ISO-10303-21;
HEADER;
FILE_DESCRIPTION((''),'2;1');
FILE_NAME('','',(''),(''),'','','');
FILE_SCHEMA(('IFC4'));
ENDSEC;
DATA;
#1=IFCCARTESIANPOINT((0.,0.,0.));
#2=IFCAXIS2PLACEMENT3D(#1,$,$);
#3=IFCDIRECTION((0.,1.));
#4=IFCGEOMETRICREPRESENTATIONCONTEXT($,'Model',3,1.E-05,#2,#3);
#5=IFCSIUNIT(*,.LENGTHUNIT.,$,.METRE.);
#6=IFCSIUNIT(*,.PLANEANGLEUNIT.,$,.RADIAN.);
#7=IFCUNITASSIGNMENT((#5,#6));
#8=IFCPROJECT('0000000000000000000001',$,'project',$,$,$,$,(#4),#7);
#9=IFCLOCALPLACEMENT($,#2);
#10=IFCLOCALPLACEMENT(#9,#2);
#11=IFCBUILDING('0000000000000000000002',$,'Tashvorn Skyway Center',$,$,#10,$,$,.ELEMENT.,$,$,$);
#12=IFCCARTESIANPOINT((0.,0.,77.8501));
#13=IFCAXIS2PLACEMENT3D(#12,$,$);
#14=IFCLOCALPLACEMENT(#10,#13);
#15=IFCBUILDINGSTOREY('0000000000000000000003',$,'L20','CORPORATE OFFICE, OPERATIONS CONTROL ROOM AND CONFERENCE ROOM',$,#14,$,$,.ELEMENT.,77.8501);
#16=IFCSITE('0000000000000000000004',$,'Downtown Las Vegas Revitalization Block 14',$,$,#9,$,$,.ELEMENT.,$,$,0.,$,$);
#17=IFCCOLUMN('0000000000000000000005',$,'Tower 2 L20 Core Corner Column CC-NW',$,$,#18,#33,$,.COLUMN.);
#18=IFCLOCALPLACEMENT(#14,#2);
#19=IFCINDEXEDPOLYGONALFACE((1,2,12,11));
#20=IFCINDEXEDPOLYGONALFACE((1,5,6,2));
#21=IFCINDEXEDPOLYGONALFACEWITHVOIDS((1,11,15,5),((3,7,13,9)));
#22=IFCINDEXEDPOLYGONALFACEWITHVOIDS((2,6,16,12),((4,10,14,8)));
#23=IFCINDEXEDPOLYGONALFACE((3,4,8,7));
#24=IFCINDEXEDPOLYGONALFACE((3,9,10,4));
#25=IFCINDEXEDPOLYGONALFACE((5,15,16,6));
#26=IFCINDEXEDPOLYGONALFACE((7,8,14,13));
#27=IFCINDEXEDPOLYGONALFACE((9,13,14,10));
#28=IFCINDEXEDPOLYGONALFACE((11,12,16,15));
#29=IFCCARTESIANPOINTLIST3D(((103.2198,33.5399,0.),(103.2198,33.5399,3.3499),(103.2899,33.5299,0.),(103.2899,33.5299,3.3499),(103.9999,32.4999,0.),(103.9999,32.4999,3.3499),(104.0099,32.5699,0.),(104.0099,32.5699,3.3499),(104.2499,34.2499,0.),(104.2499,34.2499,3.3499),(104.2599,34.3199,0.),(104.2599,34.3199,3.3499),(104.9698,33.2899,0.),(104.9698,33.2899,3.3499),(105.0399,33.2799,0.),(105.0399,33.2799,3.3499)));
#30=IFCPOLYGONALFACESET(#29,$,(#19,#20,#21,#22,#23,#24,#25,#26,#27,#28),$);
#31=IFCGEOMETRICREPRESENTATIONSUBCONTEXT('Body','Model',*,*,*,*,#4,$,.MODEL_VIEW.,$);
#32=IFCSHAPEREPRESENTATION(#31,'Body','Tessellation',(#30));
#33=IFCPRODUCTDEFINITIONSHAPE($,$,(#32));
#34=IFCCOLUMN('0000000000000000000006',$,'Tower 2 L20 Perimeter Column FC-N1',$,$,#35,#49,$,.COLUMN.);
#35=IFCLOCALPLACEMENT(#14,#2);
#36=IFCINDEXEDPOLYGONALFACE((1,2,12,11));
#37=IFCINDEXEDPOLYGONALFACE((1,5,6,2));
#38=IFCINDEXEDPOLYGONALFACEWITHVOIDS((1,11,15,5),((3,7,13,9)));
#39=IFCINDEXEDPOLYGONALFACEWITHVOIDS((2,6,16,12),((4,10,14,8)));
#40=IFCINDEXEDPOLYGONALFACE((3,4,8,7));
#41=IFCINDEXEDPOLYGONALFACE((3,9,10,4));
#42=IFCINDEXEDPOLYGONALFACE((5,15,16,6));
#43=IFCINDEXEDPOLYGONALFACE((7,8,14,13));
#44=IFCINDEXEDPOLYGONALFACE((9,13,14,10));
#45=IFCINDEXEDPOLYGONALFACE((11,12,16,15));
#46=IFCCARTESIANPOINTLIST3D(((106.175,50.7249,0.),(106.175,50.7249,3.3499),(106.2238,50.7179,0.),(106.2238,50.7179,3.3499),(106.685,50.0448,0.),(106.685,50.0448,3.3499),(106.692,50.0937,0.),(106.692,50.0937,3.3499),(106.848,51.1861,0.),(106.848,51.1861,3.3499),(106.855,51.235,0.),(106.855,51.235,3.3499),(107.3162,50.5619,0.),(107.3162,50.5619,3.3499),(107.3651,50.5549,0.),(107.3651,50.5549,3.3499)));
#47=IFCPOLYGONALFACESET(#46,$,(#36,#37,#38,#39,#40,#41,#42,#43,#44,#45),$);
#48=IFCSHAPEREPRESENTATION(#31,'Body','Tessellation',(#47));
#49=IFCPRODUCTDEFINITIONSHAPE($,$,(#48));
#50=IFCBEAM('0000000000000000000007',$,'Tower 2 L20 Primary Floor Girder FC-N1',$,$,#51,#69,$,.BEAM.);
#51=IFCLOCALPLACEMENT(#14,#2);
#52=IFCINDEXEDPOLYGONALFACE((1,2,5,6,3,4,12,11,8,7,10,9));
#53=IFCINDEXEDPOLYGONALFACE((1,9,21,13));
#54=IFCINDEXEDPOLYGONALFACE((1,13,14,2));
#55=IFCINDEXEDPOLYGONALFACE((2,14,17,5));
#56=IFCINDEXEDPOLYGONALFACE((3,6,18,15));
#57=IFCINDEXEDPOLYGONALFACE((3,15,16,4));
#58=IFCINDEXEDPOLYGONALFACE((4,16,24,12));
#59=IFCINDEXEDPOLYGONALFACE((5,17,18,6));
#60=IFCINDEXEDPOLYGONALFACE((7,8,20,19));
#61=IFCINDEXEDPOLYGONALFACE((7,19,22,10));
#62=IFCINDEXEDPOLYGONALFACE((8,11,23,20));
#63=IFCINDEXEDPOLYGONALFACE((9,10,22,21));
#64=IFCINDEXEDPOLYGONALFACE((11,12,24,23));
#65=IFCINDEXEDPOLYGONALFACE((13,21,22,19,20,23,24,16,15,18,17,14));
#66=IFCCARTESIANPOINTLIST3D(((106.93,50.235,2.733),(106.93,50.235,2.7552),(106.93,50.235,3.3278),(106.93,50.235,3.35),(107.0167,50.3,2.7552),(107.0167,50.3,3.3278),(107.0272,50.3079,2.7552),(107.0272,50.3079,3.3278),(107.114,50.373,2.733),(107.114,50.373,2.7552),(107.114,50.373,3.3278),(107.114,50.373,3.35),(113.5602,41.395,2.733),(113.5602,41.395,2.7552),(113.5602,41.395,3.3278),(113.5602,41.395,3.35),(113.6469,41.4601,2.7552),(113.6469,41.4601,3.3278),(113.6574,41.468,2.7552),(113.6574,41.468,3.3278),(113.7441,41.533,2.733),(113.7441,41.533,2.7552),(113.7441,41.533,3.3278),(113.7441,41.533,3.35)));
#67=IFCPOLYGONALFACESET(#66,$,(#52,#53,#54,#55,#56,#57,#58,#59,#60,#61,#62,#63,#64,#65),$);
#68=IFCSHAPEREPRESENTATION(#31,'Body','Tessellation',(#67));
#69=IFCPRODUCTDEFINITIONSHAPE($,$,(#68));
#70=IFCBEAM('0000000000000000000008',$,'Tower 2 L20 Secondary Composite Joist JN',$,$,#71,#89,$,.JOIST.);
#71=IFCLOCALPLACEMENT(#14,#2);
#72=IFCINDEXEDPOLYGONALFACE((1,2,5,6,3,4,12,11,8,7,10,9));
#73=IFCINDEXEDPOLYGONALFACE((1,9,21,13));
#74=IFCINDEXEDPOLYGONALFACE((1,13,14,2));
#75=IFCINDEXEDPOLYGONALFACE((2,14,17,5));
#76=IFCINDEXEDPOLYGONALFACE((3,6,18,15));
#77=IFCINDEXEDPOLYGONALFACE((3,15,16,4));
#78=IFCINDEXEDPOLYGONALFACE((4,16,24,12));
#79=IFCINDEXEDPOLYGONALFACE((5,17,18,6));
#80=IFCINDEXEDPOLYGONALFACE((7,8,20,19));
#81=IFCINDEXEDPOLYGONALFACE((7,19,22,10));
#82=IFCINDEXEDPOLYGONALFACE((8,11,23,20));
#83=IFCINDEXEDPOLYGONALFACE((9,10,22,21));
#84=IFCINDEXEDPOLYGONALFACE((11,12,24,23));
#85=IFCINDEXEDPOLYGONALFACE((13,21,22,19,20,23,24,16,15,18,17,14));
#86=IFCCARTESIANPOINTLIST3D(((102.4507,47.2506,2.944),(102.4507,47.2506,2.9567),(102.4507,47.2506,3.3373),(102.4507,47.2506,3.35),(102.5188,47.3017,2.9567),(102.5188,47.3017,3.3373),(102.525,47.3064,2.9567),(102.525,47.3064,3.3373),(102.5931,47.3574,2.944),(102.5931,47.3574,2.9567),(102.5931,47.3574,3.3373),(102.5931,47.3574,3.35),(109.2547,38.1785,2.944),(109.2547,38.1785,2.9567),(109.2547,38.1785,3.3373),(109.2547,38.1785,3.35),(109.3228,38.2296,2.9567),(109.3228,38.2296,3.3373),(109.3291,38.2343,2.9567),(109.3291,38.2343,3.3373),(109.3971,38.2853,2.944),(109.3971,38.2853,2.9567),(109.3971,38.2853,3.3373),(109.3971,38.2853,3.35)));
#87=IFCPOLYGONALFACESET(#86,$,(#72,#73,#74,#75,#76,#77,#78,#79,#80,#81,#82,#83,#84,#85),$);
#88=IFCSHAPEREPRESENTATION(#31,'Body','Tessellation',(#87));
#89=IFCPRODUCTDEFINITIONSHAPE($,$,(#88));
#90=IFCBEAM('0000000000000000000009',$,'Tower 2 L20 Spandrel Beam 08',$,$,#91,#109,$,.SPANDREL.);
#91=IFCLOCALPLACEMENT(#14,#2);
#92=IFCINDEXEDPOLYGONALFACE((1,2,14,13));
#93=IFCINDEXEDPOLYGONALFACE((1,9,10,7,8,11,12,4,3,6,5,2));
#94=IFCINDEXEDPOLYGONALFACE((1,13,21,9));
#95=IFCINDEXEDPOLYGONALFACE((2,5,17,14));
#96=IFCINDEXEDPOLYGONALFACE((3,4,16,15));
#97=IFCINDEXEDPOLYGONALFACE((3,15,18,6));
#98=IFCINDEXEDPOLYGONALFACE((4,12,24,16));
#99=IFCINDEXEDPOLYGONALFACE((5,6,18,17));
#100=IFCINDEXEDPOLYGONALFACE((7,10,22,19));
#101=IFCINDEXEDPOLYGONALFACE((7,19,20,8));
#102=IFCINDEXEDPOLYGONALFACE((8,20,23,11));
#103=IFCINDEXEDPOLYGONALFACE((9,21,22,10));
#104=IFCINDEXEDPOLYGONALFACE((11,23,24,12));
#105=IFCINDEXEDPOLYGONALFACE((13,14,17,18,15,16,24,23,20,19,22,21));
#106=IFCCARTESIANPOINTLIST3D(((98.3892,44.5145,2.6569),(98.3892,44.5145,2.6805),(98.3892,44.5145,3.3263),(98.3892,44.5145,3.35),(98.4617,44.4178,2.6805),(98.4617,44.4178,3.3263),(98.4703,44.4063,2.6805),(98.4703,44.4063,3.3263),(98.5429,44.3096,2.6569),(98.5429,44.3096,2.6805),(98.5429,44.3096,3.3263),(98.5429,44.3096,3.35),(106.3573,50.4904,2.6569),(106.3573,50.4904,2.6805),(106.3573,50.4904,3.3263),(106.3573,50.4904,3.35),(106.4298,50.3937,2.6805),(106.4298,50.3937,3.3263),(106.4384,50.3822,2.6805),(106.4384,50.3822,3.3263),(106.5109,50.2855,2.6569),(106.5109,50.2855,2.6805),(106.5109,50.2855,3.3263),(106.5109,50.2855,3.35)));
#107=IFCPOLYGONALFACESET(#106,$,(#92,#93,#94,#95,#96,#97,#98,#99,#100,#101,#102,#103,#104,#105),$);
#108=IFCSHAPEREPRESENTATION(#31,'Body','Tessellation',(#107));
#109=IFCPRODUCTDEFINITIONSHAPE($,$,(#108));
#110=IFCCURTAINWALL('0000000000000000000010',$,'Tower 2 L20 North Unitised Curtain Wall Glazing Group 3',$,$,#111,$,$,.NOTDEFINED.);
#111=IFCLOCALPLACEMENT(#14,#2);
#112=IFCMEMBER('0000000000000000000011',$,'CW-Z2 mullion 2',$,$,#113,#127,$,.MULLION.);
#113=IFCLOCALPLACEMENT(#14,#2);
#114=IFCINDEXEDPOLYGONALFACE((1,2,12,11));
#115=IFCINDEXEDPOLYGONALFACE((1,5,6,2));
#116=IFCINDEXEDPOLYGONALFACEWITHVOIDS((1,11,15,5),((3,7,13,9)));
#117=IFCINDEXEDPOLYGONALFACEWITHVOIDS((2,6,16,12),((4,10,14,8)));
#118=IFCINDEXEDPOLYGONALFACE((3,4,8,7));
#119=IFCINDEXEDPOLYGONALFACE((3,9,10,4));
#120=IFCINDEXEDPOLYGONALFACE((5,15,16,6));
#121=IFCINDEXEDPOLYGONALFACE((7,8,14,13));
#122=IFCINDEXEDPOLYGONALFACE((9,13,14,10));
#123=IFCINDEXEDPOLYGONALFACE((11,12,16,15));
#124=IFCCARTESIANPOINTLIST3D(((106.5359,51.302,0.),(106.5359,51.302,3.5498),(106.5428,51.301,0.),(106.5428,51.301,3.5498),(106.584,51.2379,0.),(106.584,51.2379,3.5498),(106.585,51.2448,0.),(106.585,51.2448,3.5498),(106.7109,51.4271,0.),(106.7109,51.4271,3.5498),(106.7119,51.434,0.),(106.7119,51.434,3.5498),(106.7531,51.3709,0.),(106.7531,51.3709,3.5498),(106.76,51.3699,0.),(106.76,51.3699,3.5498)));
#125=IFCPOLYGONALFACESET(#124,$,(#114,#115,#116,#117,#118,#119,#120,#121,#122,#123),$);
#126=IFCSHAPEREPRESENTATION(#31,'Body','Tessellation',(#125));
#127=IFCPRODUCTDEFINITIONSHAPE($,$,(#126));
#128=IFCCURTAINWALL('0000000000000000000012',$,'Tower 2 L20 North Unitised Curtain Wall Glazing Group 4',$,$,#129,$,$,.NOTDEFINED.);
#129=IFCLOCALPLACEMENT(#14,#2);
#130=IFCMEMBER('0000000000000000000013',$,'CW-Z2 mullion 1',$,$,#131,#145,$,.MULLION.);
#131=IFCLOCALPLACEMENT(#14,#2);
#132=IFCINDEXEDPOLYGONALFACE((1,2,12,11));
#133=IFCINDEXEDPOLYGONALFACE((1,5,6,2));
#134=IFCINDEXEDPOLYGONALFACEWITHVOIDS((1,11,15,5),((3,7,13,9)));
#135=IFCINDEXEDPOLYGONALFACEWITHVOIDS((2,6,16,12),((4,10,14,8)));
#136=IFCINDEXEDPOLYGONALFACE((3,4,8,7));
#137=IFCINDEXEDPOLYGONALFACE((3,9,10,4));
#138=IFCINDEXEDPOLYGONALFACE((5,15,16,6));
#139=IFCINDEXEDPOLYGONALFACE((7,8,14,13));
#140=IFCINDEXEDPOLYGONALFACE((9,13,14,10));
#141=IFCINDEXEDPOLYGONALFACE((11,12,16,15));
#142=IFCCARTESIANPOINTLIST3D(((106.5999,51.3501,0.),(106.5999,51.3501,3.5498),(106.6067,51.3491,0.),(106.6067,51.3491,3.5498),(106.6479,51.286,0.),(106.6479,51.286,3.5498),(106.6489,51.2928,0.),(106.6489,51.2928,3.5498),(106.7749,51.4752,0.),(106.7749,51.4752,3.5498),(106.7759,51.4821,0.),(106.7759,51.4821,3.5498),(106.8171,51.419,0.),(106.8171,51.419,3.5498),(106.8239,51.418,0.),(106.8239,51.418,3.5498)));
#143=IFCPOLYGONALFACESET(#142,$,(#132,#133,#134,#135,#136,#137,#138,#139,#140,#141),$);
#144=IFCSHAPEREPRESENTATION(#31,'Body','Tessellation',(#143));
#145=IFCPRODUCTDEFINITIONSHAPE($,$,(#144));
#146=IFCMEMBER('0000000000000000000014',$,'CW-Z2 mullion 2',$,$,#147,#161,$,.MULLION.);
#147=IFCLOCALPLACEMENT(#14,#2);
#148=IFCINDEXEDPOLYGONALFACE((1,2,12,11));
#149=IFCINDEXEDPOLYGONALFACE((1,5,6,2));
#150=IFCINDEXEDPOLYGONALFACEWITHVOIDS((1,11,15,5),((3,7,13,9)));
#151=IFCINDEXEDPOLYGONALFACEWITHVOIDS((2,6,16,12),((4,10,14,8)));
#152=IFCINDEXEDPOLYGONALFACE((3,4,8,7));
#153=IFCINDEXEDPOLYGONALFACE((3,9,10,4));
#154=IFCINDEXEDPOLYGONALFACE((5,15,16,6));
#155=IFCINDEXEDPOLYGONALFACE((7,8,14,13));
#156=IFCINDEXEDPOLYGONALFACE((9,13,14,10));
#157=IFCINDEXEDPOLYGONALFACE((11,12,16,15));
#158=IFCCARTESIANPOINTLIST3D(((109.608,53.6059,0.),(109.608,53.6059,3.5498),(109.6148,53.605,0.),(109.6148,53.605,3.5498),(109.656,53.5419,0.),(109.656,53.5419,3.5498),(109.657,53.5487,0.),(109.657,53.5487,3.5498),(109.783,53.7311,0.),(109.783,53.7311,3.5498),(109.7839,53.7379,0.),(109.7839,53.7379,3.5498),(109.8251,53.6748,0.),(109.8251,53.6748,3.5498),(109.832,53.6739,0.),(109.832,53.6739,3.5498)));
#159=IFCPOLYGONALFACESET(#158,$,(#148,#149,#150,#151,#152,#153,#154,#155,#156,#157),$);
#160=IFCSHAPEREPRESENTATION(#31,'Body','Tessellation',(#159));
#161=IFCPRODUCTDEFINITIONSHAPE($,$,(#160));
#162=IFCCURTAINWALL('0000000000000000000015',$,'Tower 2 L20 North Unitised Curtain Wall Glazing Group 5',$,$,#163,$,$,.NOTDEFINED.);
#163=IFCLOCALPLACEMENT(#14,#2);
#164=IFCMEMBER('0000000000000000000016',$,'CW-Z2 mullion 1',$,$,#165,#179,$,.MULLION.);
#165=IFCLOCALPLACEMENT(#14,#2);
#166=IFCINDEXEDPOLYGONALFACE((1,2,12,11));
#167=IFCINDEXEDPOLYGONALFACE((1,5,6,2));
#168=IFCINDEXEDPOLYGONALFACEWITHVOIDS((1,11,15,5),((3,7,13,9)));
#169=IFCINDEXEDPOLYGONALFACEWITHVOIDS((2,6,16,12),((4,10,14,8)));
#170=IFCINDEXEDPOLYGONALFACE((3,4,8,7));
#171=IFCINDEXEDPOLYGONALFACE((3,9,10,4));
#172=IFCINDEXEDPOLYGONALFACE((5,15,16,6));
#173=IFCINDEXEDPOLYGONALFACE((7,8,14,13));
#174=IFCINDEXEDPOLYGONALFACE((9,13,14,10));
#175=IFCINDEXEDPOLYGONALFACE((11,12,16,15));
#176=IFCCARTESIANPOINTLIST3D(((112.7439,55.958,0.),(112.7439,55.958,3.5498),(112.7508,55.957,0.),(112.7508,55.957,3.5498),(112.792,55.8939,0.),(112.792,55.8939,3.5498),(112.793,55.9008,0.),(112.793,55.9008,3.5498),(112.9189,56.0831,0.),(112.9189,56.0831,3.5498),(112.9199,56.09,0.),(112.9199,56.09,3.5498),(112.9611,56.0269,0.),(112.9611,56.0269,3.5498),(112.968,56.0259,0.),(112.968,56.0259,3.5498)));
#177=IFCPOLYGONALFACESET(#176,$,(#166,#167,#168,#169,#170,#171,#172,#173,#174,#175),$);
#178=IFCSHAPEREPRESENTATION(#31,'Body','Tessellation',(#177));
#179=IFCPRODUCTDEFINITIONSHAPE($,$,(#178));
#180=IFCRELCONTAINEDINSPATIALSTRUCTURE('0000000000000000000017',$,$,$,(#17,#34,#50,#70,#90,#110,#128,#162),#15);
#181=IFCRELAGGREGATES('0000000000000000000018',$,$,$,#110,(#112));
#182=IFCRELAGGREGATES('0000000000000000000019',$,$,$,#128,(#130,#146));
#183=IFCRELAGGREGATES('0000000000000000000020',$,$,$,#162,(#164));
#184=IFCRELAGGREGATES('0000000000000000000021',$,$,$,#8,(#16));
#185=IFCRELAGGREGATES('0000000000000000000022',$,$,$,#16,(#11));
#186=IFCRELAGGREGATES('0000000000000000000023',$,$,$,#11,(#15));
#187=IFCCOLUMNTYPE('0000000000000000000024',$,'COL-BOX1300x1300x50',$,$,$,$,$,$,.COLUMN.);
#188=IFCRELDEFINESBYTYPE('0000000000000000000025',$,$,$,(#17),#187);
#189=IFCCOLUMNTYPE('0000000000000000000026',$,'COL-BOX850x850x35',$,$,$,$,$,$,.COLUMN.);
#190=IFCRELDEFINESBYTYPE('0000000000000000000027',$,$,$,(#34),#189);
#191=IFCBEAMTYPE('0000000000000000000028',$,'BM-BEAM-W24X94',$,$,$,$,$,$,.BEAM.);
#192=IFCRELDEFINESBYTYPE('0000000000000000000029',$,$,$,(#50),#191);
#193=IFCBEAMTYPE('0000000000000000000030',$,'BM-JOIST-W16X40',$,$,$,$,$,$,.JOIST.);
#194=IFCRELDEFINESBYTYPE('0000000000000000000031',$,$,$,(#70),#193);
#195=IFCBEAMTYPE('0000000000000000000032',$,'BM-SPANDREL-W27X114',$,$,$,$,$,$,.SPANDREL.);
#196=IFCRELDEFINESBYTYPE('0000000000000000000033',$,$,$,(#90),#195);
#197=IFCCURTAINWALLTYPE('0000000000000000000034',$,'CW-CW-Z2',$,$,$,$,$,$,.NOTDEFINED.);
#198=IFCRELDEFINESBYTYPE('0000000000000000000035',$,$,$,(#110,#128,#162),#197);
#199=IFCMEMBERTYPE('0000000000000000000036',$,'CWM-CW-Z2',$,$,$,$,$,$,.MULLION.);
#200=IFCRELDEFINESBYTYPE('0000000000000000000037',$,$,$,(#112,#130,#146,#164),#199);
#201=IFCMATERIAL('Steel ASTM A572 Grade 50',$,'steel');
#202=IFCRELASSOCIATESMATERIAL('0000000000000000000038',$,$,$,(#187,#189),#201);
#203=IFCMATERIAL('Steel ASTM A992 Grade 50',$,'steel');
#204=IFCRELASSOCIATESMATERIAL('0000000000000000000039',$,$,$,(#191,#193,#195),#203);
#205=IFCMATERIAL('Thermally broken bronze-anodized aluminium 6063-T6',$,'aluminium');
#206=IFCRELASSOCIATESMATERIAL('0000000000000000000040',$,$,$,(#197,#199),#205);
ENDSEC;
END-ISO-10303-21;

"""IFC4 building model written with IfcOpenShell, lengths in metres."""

from ifc_helpers import new_model, si_unit, direction, frame, origin, origin_2d, place, context, subcontext, project, spatial, hollow_rectangle, i_section, extrude, material, material_profile, profile_set, type_object, element, aggregate, save


model = new_model("IFC4")

# Units and contexts
model_context = context("Model", 3, precision=1e-05, world=origin(), true_north=direction((0.0, 1.0)))
body_context = subcontext(model_context, "Body", "Model", "MODEL_VIEW")
ifc_project = project(units=[si_unit("LENGTHUNIT", "METRE"), si_unit("PLANEANGLEUNIT", "RADIAN")], contexts=[model_context])

# Site, building, storey
site_placement = place(None, origin())
site = spatial("IfcSite", under=ifc_project, at=site_placement, Name="Downtown Las Vegas Revitalization Block 14", CompositionType="ELEMENT", RefElevation=0.0)
building_placement = place(site_placement, origin())
building = spatial("IfcBuilding", under=site, at=building_placement, Name="Tashvorn Skyway Center", CompositionType="ELEMENT")
storey_placement = place(building_placement, frame((0.0, 0.0, 77.8501)))
storey = spatial("IfcBuildingStorey", under=building, at=storey_placement, Name="L20", Description="CORPORATE OFFICE, OPERATIONS CONTROL ROOM AND CONFERENCE ROOM", CompositionType="ELEMENT", Elevation=77.8501)

# Columns
ifc_material_1 = material(Name="Steel ASTM A572 Grade 50", Category="steel")
ifc_material_profile_1 = material_profile(ifc_material_1, hollow_rectangle(XDim=1.3, YDim=1.3, WallThickness=0.05, at=origin_2d()), Name="BOX1300x1300x50")
ifc_profile_set_1 = profile_set([ifc_material_profile_1], Name="Steel ASTM A572 Grade 50")
column_type_1 = type_object("IfcColumnType", Name="COL-BOX1300x1300x50", PredefinedType="COLUMN", material=ifc_profile_set_1)
column_1_placement = place(storey_placement, frame((104.1299, 33.4099, 0.0), z_axis=(0.0, 0.0, 1.0), x_axis=(0.8, 0.6, 0.0)))
element("IfcColumn", 1, at=column_1_placement, inside=storey, type_object=column_type_1, Name="Tower 2 L20 Core Corner Column CC-NW", PredefinedType="COLUMN", context=body_context, shape_type="SweptSolid", body=[
    extrude(hollow_rectangle(XDim=1.3, YDim=1.3, WallThickness=0.05, at=origin_2d()), origin(), (0.0, 0.0, 1.0), 3.3499),
])
ifc_material_profile_2 = material_profile(ifc_material_1, hollow_rectangle(XDim=0.8501, YDim=0.8501, WallThickness=0.0349, at=origin_2d()), Name="BOX850x850x35")
ifc_profile_set_2 = profile_set([ifc_material_profile_2], Name="Steel ASTM A572 Grade 50")
column_type_2 = type_object("IfcColumnType", Name="COL-BOX850x850x35", PredefinedType="COLUMN", material=ifc_profile_set_2)
column_2_placement = place(storey_placement, frame((106.77, 50.6399, 0.0), z_axis=(0.0, 0.0, 1.0), x_axis=(0.8, 0.6, 0.0)))
element("IfcColumn", 2, at=column_2_placement, inside=storey, type_object=column_type_2, Name="Tower 2 L20 Perimeter Column FC-N1", PredefinedType="COLUMN", context=body_context, shape_type="SweptSolid", body=[
    extrude(hollow_rectangle(XDim=0.8501, YDim=0.8501, WallThickness=0.0349, at=origin_2d()), origin(), (0.0, 0.0, 1.0), 3.3499),
])

# Beams
ifc_material_2 = material(Name="Steel ASTM A992 Grade 50", Category="steel")
ifc_material_profile_3 = material_profile(ifc_material_2, i_section(OverallWidth=0.23, OverallDepth=0.6169, WebThickness=0.0132, FlangeThickness=0.0222, at=origin_2d()), Name="W24X94")
ifc_profile_set_3 = profile_set([ifc_material_profile_3], Name="Steel ASTM A992 Grade 50")
beam_type_1 = type_object("IfcBeamType", Name="BM-BEAM-W24X94", PredefinedType="BEAM", material=ifc_profile_set_3)
beam_1_placement = place(storey_placement, frame((107.022, 50.304, 3.0415), z_axis=(0.600014, -0.799989, 0.0), x_axis=(0.799989, 0.600014, 0.0)))
element("IfcBeam", 3, at=beam_1_placement, inside=storey, type_object=beam_type_1, Name="Tower 2 L20 Primary Floor Girder FC-N1", PredefinedType="BEAM", context=body_context, shape_type="SweptSolid", body=[
    extrude(i_section(OverallWidth=0.23, OverallDepth=0.6169, WebThickness=0.0132, FlangeThickness=0.0222, at=origin_2d()), origin(), (0.0, 0.0, 1.0), 11.05),
])
ifc_material_profile_4 = material_profile(ifc_material_2, i_section(OverallWidth=0.178, OverallDepth=0.406, WebThickness=0.0078, FlangeThickness=0.0127, at=origin_2d()), Name="W16X40")
ifc_profile_set_4 = profile_set([ifc_material_profile_4], Name="Steel ASTM A992 Grade 50")
beam_type_2 = type_object("IfcBeamType", Name="BM-JOIST-W16X40", PredefinedType="JOIST", material=ifc_profile_set_4)
beam_2_placement = place(storey_placement, frame((109.3259, 38.2319, 3.147), z_axis=(-0.599997, 0.800003, 0.0), x_axis=(-0.800003, -0.599997, 0.0)))
element("IfcBeam", 4, at=beam_2_placement, inside=storey, type_object=beam_type_2, Name="Tower 2 L20 Secondary Composite Joist JN", PredefinedType="JOIST", context=body_context, shape_type="SweptSolid", body=[
    extrude(i_section(OverallWidth=0.178, OverallDepth=0.406, WebThickness=0.0078, FlangeThickness=0.0127, at=origin_2d()), origin(), (0.0, 0.0, 1.0), 11.3401),
])
ifc_material_profile_5 = material_profile(ifc_material_2, i_section(OverallWidth=0.2561, OverallDepth=0.6931, WebThickness=0.0144, FlangeThickness=0.0237, at=origin_2d()), Name="W27X114")
ifc_profile_set_5 = profile_set([ifc_material_profile_5], Name="Steel ASTM A992 Grade 50")
beam_type_3 = type_object("IfcBeamType", Name="BM-SPANDREL-W27X114", PredefinedType="SPANDREL", material=ifc_profile_set_5)
beam_3_placement = place(storey_placement, frame((106.4341, 50.3879, 3.0034), z_axis=(-0.800009, -0.599988, 0.0), x_axis=(0.599988, -0.800009, 0.0)))
element("IfcBeam", 5, at=beam_3_placement, inside=storey, type_object=beam_type_3, Name="Tower 2 L20 Spandrel Beam 08", PredefinedType="SPANDREL", context=body_context, shape_type="SweptSolid", body=[
    extrude(i_section(OverallWidth=0.2561, OverallDepth=0.6931, WebThickness=0.0144, FlangeThickness=0.0237, at=origin_2d()), origin(), (0.0, 0.0, 1.0), 9.96),
])

# Curtain wall, member
ifc_material_3 = material(Name="Thermally broken bronze-anodized aluminium 6063-T6", Category="aluminium")
curtain_wall_type = type_object("IfcCurtainWallType", Name="CW-CW-Z2", PredefinedType="NOTDEFINED", material=ifc_material_3)
curtain_wall_1_placement = place(storey_placement, origin())
curtain_wall_1 = element("IfcCurtainWall", 6, at=curtain_wall_1_placement, inside=storey, type_object=curtain_wall_type, Name="Tower 2 L20 North Unitised Curtain Wall Glazing Group 3", PredefinedType="NOTDEFINED")
ifc_material_profile_6 = material_profile(ifc_material_3, hollow_rectangle(XDim=0.0801, YDim=0.22, WallThickness=0.0049, at=origin_2d()), Name="ALU-MULL-80x220")
ifc_profile_set_6 = profile_set([ifc_material_profile_6], Name="Thermally broken bronze-anodized aluminium 6063-T6")
member_type_1 = type_object("IfcMemberType", Name="CWM-CW-Z2", PredefinedType="MULLION", material=ifc_profile_set_6)
member_1_placement = place(storey_placement, frame((106.6479, 51.3359, 0.0), z_axis=(0.0, 0.0, 1.0), x_axis=(-0.6, 0.8, 0.0)))
member_1 = element("IfcMember", 7, at=member_1_placement, type_object=member_type_1, Name="CW-Z2 mullion 2", PredefinedType="MULLION", context=body_context, shape_type="SweptSolid", body=[
    extrude(hollow_rectangle(XDim=0.0801, YDim=0.22, WallThickness=0.0049, at=origin_2d()), origin(), (0.0, 0.0, 1.0), 3.5498),
])
aggregate(curtain_wall_1, [member_1])

# Curtain wall, members
curtain_wall_2_placement = place(storey_placement, origin())
curtain_wall_2 = element("IfcCurtainWall", 8, at=curtain_wall_2_placement, inside=storey, type_object=curtain_wall_type, Name="Tower 2 L20 North Unitised Curtain Wall Glazing Group 4", PredefinedType="NOTDEFINED")
member_2_placement = place(storey_placement, frame((106.7119, 51.384, 0.0), z_axis=(0.0, 0.0, 1.0), x_axis=(-0.6, 0.8, 0.0)))
member_2 = element("IfcMember", 9, at=member_2_placement, type_object=member_type_1, Name="CW-Z2 mullion 1", PredefinedType="MULLION", context=body_context, shape_type="SweptSolid", body=[
    extrude(hollow_rectangle(XDim=0.0801, YDim=0.22, WallThickness=0.0049, at=origin_2d()), origin(), (0.0, 0.0, 1.0), 3.5498),
])
member_3_placement = place(storey_placement, frame((109.72, 53.6399, 0.0), z_axis=(0.0, 0.0, 1.0), x_axis=(-0.6, 0.8, 0.0)))
member_3 = element("IfcMember", 10, at=member_3_placement, type_object=member_type_1, Name="CW-Z2 mullion 2", PredefinedType="MULLION", context=body_context, shape_type="SweptSolid", body=[
    extrude(hollow_rectangle(XDim=0.0801, YDim=0.22, WallThickness=0.0049, at=origin_2d()), origin(), (0.0, 0.0, 1.0), 3.5498),
])

# Curtain wall, member
curtain_wall_3_placement = place(storey_placement, origin())
curtain_wall_3 = element("IfcCurtainWall", 11, at=curtain_wall_3_placement, inside=storey, type_object=curtain_wall_type, Name="Tower 2 L20 North Unitised Curtain Wall Glazing Group 5", PredefinedType="NOTDEFINED")
member_4_placement = place(storey_placement, frame((112.856, 55.9919, 0.0), z_axis=(0.0, 0.0, 1.0), x_axis=(-0.6, 0.8, 0.0)))
member_4 = element("IfcMember", 12, at=member_4_placement, type_object=member_type_1, Name="CW-Z2 mullion 1", PredefinedType="MULLION", context=body_context, shape_type="SweptSolid", body=[
    extrude(hollow_rectangle(XDim=0.0801, YDim=0.22, WallThickness=0.0049, at=origin_2d()), origin(), (0.0, 0.0, 1.0), 3.5498),
])

aggregate(curtain_wall_2, [member_2, member_3])
aggregate(curtain_wall_3, [member_4])

save(model, "model.ifc")
